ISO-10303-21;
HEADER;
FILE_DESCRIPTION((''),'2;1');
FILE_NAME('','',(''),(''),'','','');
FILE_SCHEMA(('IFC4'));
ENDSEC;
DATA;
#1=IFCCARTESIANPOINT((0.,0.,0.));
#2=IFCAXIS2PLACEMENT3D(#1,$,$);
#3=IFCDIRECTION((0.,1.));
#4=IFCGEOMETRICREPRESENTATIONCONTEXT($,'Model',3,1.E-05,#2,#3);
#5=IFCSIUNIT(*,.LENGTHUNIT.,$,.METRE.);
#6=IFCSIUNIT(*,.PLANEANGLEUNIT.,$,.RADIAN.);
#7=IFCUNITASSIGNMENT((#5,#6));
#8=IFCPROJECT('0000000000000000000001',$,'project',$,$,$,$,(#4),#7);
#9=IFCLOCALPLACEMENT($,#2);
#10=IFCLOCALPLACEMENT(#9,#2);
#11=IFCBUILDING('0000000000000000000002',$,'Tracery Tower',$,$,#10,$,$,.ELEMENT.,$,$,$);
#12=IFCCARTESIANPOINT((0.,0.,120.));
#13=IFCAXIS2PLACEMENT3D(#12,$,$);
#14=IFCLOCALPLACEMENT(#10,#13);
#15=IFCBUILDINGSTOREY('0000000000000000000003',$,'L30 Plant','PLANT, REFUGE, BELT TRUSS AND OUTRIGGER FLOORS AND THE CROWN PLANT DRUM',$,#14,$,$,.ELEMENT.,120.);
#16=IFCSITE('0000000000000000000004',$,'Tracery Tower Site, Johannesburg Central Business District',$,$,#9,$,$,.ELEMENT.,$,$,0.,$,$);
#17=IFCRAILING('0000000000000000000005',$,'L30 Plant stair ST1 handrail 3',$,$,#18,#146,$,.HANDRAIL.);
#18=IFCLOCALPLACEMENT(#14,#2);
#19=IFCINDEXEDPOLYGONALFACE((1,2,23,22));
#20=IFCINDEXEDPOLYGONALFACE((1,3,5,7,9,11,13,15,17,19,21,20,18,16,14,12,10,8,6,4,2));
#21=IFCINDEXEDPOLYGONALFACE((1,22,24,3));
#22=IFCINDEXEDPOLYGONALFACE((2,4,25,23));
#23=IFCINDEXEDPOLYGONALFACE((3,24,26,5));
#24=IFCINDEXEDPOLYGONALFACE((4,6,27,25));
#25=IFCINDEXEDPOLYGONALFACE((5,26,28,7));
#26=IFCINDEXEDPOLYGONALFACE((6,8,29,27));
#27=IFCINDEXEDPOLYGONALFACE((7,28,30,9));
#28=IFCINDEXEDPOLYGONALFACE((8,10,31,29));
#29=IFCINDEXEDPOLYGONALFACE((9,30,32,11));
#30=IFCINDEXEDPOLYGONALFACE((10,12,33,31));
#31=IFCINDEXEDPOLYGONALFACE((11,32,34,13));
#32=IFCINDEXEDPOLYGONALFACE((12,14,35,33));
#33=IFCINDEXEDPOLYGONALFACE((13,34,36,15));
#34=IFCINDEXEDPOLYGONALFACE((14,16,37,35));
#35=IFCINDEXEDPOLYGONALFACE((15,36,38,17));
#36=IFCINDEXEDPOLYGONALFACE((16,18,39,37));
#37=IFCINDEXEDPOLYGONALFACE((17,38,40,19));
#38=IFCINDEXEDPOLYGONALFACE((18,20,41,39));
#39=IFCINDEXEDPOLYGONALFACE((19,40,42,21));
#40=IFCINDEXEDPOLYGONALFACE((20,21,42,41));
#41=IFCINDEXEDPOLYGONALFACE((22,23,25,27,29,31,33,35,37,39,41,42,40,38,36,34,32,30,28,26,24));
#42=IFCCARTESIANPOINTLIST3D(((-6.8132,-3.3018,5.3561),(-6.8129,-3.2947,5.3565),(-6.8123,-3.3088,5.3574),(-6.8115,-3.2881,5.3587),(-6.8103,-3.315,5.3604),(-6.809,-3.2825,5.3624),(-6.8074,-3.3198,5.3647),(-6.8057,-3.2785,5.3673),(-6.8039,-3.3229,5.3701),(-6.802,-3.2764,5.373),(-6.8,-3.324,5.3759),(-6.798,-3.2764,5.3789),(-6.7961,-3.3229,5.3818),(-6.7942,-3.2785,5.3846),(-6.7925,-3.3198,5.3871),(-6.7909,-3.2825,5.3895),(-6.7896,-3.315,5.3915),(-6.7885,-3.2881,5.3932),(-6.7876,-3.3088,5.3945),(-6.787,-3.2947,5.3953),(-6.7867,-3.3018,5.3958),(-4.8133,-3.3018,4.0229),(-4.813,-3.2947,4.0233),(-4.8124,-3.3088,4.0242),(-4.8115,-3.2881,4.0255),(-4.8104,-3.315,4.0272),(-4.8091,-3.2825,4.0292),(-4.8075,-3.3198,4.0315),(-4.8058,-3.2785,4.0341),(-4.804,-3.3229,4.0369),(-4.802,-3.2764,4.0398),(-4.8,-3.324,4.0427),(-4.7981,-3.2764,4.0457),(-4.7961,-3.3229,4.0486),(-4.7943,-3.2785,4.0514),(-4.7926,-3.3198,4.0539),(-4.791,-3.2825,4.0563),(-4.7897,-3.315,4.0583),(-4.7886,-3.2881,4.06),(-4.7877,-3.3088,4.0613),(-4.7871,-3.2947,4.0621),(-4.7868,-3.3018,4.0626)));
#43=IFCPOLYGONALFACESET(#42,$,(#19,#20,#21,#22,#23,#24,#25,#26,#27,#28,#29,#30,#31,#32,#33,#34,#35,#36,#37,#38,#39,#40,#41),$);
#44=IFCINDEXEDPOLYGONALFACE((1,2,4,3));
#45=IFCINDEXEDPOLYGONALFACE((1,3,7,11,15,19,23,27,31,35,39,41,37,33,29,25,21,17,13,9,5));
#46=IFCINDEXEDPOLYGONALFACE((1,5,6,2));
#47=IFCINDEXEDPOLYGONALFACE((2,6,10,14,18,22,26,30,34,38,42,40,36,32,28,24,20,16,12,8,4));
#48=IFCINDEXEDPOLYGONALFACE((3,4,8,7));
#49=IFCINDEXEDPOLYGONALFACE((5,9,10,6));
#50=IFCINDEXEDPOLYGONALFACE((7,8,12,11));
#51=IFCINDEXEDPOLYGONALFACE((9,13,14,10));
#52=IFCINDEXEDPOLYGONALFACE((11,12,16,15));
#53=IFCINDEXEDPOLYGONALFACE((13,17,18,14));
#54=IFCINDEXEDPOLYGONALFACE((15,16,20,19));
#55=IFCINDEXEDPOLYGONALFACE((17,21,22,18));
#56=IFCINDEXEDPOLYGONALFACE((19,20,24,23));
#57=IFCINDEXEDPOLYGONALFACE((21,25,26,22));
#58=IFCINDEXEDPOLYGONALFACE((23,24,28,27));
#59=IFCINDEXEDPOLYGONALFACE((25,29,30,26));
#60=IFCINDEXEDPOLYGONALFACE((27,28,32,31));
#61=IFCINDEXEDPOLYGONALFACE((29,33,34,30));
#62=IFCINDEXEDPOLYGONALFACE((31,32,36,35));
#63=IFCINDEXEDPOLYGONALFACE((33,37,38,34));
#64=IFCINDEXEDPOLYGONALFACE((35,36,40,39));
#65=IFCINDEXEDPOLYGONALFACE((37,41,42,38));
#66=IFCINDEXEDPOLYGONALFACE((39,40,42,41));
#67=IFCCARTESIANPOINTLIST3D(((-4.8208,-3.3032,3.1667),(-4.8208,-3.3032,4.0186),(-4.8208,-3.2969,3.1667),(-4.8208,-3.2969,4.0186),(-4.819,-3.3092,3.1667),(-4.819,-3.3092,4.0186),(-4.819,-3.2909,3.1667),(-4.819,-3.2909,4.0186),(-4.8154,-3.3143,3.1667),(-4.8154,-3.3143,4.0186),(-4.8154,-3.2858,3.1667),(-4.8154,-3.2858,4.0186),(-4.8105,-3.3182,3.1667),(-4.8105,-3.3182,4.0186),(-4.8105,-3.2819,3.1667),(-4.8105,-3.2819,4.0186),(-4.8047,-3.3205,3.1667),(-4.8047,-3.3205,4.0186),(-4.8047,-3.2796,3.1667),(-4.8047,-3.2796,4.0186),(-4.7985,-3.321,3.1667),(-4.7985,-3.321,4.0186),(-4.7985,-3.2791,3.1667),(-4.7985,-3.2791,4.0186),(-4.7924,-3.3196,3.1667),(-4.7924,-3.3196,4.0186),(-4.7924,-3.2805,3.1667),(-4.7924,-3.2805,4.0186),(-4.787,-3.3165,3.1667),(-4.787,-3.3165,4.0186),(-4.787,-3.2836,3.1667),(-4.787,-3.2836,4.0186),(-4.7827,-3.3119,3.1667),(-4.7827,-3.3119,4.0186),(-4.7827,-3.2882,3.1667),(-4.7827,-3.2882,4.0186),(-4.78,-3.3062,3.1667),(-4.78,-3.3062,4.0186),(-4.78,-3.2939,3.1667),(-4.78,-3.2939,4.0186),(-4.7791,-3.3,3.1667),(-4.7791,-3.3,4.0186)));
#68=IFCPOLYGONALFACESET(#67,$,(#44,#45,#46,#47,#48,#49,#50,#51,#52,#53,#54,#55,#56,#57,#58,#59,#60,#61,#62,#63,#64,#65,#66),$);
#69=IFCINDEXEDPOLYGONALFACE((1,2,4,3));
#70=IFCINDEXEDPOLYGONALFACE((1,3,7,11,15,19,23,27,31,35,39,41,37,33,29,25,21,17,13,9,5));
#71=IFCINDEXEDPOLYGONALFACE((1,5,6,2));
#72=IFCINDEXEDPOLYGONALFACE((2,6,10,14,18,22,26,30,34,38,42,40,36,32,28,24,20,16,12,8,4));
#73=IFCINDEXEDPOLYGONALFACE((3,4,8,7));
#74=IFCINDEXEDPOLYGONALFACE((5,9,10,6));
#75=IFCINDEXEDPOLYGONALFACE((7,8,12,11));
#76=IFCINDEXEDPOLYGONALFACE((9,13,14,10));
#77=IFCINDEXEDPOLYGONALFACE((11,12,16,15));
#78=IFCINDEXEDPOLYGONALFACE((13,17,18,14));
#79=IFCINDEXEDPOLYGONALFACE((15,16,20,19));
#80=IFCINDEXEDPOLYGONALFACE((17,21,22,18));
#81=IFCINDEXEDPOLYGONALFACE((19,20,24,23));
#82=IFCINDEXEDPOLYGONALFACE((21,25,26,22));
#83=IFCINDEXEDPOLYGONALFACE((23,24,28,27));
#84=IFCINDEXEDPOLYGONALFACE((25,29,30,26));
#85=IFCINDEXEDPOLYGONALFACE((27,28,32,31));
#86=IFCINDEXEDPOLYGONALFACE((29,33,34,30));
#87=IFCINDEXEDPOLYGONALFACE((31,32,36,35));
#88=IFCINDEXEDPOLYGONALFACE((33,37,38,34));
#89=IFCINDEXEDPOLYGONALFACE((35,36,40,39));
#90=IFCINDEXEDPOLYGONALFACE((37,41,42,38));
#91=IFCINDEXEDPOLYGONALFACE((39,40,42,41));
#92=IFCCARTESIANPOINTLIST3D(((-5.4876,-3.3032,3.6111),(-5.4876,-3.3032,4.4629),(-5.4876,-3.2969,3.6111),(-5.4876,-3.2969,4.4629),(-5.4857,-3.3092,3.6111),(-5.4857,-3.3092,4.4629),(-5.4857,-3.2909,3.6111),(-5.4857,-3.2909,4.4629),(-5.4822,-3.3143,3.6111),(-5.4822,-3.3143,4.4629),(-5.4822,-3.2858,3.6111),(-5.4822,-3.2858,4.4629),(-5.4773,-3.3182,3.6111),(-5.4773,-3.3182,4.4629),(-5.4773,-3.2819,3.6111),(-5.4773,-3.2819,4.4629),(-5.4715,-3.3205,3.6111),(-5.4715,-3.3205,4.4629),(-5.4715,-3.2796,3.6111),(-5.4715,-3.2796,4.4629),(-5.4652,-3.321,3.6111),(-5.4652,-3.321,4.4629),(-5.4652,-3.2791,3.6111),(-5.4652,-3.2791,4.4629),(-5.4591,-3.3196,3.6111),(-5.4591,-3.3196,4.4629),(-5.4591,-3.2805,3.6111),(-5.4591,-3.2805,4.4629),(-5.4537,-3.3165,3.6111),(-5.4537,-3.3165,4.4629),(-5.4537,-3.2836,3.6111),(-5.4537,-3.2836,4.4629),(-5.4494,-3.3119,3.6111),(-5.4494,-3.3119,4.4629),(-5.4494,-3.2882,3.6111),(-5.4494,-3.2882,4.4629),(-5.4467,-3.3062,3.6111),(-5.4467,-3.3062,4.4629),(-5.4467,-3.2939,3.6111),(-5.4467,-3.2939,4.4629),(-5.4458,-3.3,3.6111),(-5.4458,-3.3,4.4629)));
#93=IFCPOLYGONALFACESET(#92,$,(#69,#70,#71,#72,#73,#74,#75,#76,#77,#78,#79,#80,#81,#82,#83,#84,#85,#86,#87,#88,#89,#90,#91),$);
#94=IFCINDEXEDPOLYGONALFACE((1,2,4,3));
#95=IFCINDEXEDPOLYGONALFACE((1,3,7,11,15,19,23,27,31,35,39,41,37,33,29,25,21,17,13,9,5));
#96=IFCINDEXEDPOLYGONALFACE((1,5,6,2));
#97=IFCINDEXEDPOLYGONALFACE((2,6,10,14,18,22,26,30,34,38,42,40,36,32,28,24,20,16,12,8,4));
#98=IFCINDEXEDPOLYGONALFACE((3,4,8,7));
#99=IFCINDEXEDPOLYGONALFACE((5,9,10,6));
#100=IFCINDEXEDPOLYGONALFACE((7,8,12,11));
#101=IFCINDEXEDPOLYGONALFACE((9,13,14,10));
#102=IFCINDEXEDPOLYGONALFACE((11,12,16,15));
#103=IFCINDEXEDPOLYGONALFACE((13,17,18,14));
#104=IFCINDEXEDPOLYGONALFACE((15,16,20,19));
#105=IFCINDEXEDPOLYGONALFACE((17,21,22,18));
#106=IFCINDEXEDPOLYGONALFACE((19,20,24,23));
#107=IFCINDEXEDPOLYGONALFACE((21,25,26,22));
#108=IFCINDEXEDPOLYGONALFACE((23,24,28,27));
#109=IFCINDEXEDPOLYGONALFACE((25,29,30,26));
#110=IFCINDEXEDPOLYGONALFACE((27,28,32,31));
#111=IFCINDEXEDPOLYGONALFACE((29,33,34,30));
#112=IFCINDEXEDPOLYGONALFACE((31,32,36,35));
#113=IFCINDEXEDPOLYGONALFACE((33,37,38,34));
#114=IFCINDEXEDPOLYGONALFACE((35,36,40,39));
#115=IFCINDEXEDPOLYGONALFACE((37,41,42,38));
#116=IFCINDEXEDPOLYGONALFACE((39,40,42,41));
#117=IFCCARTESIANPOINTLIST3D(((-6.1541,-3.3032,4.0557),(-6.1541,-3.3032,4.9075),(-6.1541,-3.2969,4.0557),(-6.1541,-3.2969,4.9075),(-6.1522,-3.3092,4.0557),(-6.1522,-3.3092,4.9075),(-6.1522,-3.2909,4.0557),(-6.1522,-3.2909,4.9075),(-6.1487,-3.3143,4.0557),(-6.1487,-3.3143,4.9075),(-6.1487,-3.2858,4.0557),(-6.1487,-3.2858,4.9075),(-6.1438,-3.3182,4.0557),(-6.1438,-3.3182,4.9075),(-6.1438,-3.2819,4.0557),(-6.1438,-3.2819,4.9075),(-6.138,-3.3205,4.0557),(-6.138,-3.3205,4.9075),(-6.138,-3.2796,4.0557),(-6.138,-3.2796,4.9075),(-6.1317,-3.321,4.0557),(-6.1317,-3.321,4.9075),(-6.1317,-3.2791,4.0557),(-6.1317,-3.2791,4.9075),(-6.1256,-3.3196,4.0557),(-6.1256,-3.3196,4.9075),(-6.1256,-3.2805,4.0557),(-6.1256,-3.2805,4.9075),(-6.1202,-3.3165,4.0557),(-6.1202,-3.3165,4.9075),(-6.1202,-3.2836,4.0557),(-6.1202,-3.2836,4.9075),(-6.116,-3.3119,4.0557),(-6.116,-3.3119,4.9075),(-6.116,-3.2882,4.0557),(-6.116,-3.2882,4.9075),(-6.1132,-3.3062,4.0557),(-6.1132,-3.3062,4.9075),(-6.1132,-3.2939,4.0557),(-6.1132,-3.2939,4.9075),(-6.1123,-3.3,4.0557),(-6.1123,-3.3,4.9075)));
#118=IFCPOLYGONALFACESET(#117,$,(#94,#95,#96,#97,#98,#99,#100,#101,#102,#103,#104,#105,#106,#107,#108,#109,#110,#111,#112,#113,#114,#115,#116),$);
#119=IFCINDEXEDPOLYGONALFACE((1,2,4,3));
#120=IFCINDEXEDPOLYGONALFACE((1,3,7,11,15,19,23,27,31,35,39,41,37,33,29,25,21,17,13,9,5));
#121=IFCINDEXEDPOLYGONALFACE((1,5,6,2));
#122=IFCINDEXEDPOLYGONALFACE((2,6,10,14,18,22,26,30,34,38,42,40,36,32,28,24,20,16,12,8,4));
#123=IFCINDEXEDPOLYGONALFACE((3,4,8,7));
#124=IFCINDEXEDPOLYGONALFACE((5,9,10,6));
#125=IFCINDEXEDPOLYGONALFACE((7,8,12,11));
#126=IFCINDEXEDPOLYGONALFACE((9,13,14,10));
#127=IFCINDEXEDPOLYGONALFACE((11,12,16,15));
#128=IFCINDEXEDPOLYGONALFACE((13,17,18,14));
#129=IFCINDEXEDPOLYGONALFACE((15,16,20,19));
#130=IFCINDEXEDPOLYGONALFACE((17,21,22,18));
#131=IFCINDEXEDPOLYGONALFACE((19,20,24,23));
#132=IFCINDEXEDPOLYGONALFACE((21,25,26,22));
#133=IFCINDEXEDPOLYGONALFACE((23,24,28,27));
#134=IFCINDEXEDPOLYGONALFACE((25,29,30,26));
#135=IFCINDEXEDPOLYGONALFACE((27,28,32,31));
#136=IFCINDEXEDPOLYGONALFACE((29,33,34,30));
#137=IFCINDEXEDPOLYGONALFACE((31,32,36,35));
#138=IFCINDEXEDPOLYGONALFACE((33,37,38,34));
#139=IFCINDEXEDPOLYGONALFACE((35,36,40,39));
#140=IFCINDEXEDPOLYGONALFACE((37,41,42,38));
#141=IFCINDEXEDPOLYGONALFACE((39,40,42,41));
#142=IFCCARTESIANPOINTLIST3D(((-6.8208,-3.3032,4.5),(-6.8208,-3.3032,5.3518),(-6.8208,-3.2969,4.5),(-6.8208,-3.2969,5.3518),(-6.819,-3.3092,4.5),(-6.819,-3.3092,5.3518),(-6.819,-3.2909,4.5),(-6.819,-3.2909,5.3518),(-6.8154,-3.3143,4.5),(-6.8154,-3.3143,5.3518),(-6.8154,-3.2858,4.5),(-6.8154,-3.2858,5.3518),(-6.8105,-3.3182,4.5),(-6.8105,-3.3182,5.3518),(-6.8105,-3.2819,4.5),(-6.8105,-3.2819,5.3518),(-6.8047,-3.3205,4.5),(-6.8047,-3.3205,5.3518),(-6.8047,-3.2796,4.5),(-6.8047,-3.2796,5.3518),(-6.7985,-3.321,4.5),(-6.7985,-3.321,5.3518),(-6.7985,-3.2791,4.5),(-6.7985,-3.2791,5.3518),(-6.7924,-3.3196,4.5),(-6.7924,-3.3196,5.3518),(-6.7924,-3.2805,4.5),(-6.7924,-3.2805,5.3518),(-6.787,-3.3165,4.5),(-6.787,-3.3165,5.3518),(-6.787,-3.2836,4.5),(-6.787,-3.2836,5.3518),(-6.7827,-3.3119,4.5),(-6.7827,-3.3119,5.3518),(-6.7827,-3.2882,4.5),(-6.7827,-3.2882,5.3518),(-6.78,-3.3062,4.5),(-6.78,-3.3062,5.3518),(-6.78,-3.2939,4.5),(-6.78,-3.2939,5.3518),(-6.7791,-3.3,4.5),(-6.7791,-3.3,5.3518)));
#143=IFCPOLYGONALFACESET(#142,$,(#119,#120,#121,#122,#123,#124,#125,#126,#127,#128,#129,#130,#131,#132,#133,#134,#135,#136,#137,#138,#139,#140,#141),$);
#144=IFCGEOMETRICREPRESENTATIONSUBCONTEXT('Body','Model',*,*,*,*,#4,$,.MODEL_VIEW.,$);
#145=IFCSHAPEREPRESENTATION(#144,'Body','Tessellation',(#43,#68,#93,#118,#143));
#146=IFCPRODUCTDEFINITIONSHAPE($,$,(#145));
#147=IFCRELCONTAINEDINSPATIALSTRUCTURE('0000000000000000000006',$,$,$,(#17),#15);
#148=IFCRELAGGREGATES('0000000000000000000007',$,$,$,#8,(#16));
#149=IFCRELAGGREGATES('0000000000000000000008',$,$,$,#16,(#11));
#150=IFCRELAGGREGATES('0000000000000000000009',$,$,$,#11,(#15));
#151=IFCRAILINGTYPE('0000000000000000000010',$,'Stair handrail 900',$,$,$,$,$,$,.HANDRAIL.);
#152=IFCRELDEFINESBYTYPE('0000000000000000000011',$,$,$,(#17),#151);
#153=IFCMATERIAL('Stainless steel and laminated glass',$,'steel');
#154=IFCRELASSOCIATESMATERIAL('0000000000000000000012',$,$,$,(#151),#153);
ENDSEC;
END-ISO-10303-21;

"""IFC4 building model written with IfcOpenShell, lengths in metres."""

from ifc_helpers import new_model, si_unit, direction, frame, origin, origin_2d, place, context, subcontext, project, spatial, circle, extrude, material, type_object, element, save


model = new_model("IFC4")

# Units and contexts
model_context = context("Model", 3, precision=1e-05, world=origin(), true_north=direction((0.0, 1.0)))
body_context = subcontext(model_context, "Body", "Model", "MODEL_VIEW")
ifc_project = project(units=[si_unit("LENGTHUNIT", "METRE"), si_unit("PLANEANGLEUNIT", "RADIAN")], contexts=[model_context])

# Site, building, storey
site_placement = place(None, origin())
site = spatial("IfcSite", under=ifc_project, at=site_placement, Name="Tracery Tower Site, Johannesburg Central Business District", CompositionType="ELEMENT", RefElevation=0.0)
building_placement = place(site_placement, origin())
building = spatial("IfcBuilding", under=site, at=building_placement, Name="Tracery Tower", CompositionType="ELEMENT")
storey_placement = place(building_placement, frame((0.0, 0.0, 120.0)))
storey = spatial("IfcBuildingStorey", under=building, at=storey_placement, Name="L30 Plant", Description="PLANT, REFUGE, BELT TRUSS AND OUTRIGGER FLOORS AND THE CROWN PLANT DRUM", CompositionType="ELEMENT", Elevation=120.0)

# Railing
ifc_material_1 = material(Name="Stainless steel and laminated glass", Category="steel")
railing_type_1 = type_object("IfcRailingType", Name="Stair handrail 900", PredefinedType="HANDRAIL", material=ifc_material_1)
for number, where, name in (
    (1, (-4.8, -3.3, 3.1667), "L30 Plant stair ST1 handrail 3"),
):
    element("IfcRailing", number, at=place(storey_placement, frame(where)), inside=storey, type_object=railing_type_1, Name=name, PredefinedType="HANDRAIL", context=body_context, shape_type="SweptSolid", body=[
        extrude(circle(Radius=0.0239, at=origin_2d()), frame((0.0, 0.0, 0.876), z_axis=(-0.832066, 0.0, 0.554677), x_axis=(0.0, -1.0, 0.0)), (0.0, 0.0, 1.0), 2.4036),
        extrude(circle(Radius=0.021, at=origin_2d()), origin(), (0.0, 0.0, 1.0), 0.8518),
        extrude(circle(Radius=0.021, at=origin_2d()), frame((-0.6667, 0.0, 0.4443)), (0.0, 0.0, 1.0), 0.8518),
        extrude(circle(Radius=0.021, at=origin_2d()), frame((-1.3333, 0.0, 0.8889)), (0.0, 0.0, 1.0), 0.8518),
        extrude(circle(Radius=0.021, at=origin_2d()), frame((-2.0, 0.0, 1.3333)), (0.0, 0.0, 1.0), 0.8518),
    ])

save(model, "model.ifc")
